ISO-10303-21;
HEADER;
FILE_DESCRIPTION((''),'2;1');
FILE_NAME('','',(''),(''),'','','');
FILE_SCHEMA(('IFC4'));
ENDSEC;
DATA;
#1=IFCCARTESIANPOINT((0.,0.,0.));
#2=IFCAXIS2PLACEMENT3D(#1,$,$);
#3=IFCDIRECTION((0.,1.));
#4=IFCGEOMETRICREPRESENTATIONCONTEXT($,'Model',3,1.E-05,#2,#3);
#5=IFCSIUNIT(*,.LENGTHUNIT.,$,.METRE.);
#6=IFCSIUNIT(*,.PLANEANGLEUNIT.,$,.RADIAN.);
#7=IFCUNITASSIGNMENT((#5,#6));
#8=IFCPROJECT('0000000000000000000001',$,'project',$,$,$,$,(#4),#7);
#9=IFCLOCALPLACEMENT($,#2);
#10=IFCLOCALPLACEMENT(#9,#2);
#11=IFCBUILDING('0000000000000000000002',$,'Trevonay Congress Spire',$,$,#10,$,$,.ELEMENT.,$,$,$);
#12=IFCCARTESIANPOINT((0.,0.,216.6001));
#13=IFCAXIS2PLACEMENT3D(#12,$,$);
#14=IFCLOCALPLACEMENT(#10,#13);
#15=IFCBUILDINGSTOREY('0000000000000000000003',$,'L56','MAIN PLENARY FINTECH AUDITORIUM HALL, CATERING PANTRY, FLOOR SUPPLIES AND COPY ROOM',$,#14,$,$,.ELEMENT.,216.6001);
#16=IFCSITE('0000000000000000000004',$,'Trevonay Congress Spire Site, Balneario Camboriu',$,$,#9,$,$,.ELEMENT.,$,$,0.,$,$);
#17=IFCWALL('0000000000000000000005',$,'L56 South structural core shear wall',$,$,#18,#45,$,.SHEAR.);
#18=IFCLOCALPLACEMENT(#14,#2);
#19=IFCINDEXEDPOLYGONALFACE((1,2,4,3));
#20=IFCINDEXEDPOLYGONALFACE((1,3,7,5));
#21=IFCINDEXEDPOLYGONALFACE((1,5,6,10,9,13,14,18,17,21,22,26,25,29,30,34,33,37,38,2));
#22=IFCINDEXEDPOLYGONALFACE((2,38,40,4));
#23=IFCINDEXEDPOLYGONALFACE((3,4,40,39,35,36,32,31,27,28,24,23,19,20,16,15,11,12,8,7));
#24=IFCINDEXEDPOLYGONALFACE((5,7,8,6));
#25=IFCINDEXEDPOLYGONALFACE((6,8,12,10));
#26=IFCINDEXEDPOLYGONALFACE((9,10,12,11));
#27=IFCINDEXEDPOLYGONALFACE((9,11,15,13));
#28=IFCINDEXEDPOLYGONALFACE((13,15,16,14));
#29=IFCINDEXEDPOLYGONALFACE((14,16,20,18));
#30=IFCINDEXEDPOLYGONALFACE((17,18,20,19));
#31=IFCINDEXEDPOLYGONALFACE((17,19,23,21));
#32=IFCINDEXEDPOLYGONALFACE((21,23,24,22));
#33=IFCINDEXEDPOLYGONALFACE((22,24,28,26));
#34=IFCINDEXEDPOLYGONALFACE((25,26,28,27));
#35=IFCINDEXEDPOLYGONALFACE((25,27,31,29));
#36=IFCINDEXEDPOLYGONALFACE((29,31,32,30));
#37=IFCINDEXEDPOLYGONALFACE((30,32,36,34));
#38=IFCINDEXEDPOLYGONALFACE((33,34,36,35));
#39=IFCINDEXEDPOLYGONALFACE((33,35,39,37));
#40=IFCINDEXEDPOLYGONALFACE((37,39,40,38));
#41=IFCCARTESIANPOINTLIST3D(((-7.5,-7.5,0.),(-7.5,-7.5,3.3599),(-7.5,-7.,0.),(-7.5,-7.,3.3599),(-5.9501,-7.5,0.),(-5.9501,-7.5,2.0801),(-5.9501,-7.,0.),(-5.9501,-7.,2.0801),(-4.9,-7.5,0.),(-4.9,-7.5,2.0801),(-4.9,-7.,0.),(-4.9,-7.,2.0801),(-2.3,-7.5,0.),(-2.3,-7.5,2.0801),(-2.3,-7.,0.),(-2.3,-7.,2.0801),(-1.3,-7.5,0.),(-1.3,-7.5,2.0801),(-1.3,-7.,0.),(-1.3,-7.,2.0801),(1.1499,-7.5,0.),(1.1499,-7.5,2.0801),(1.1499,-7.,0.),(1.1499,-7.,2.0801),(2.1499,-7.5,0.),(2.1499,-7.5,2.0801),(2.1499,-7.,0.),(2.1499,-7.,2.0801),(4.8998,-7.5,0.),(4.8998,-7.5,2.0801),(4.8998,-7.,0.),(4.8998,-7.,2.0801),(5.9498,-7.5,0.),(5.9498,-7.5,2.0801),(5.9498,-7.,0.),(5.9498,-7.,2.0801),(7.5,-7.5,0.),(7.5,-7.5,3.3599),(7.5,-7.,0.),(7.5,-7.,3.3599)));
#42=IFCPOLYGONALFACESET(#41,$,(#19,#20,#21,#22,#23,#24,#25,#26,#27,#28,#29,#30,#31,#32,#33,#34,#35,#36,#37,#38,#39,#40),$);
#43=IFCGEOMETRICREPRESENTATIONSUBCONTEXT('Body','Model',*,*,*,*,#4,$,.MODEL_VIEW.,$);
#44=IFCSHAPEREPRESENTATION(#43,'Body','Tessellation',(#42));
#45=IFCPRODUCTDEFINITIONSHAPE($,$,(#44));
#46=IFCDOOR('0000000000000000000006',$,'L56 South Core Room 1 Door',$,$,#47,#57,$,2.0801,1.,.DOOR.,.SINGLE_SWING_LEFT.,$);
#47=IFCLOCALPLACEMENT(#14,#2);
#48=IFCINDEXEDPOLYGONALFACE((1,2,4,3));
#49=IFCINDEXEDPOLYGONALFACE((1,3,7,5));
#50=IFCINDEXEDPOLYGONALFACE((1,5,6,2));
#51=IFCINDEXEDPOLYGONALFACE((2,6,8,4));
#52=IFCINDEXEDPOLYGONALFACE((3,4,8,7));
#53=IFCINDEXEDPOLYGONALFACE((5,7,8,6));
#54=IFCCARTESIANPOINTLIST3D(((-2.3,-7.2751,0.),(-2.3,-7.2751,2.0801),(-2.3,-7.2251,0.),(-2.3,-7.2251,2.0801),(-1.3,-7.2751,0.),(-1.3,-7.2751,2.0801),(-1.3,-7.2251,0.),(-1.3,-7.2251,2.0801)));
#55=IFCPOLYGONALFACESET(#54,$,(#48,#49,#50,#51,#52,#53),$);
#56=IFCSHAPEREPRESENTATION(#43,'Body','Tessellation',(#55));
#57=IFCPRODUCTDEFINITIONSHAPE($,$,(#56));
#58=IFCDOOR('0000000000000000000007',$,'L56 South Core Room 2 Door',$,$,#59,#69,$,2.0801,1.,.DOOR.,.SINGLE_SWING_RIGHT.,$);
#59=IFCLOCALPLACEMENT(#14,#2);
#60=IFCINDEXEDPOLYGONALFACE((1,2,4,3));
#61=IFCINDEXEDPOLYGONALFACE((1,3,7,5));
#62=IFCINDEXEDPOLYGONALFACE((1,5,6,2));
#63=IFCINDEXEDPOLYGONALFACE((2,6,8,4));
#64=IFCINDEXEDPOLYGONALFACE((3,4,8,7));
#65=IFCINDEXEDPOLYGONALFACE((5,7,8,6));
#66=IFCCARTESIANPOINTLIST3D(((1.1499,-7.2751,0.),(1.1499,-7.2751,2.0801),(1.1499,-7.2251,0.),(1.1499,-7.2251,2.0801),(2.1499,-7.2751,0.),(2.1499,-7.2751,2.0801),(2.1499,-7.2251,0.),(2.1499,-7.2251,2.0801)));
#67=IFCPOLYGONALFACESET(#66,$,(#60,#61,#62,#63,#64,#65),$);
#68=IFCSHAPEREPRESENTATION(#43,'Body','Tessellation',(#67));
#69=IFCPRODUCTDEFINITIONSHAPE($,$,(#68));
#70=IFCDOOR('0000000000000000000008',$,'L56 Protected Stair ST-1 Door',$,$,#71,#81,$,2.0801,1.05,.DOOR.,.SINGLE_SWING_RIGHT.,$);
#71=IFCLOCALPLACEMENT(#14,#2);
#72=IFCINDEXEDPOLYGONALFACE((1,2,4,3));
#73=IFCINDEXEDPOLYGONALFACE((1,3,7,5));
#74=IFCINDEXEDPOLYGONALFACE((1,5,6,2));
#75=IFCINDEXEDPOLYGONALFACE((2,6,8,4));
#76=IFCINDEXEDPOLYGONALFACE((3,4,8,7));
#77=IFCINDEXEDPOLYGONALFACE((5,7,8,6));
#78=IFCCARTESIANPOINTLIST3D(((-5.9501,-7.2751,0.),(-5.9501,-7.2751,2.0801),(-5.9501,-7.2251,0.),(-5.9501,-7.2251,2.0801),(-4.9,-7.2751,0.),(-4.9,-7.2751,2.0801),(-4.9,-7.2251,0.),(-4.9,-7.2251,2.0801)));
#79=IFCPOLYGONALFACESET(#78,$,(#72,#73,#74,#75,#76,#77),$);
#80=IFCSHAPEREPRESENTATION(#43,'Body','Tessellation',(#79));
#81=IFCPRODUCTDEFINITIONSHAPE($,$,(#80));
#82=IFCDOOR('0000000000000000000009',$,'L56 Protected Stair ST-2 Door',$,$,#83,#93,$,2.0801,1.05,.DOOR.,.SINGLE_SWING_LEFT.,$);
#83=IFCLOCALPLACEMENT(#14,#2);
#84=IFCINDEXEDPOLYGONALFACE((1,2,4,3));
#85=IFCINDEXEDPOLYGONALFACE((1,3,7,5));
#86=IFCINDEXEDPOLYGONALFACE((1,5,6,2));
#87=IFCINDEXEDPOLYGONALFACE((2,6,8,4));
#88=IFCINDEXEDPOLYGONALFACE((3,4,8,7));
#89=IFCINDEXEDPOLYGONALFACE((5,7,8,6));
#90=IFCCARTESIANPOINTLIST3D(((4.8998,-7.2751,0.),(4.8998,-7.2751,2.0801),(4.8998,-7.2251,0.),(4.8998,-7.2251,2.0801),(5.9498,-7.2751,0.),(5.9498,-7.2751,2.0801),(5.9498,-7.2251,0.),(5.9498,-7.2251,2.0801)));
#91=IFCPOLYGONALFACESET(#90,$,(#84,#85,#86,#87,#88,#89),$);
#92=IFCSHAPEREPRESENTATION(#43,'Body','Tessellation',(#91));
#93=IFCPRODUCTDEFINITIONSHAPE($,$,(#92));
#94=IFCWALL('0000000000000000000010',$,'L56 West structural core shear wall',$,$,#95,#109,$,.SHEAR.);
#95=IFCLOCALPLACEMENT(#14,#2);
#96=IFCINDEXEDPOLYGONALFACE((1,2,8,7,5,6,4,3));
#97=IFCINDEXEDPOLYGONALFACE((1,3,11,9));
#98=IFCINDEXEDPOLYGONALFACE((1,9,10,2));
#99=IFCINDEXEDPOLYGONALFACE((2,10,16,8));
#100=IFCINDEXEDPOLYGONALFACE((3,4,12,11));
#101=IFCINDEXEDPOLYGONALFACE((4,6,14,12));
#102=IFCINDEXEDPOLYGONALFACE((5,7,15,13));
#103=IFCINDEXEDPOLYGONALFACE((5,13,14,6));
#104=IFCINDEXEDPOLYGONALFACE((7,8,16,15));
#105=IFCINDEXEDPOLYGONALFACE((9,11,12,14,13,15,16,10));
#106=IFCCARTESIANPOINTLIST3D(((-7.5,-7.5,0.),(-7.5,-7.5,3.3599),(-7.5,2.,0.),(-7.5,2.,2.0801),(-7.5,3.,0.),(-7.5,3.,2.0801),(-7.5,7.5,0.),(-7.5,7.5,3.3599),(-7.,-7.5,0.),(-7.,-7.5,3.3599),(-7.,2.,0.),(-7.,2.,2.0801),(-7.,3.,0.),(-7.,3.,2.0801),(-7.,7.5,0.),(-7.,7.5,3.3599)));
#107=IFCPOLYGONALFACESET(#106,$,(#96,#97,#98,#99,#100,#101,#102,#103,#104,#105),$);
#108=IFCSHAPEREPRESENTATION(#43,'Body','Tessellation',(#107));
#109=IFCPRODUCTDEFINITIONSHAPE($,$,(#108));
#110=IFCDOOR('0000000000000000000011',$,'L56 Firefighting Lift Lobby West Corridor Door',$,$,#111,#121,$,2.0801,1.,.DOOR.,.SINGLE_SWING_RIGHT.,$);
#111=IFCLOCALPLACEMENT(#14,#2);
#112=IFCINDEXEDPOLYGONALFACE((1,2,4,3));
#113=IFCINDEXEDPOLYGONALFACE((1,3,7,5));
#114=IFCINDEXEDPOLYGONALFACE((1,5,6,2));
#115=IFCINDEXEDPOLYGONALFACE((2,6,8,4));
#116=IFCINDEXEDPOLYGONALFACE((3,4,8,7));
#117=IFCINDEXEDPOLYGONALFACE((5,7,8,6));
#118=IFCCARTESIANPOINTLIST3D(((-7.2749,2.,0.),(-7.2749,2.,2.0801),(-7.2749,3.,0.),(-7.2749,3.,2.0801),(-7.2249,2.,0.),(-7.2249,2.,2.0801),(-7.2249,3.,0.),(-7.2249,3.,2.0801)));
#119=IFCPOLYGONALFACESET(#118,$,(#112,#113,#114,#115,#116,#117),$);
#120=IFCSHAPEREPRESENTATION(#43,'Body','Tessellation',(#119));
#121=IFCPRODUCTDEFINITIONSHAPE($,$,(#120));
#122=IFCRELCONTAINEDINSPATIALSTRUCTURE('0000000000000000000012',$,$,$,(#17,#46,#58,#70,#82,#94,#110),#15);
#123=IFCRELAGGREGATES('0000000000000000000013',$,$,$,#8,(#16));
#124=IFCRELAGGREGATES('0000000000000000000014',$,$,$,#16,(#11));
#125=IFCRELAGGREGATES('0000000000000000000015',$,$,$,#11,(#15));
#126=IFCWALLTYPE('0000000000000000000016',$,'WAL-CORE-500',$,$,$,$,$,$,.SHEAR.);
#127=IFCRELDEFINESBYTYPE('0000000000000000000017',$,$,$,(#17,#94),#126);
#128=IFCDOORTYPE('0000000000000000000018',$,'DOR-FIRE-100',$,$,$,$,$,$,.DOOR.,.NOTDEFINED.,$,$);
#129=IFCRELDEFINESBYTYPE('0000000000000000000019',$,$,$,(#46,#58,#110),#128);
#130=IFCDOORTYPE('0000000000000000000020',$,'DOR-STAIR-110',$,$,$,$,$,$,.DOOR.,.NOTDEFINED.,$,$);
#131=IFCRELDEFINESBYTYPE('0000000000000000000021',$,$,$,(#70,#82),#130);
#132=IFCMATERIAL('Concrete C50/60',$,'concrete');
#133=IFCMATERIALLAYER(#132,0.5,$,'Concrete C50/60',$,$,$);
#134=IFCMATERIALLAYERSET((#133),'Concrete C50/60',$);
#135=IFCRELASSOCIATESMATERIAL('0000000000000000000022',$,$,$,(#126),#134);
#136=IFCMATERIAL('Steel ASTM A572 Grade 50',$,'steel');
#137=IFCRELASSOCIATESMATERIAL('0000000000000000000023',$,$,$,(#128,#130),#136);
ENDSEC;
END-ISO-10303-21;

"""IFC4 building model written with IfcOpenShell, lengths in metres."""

from ifc_helpers import new_model, si_unit, direction, frame, frame_2d, origin, place, context, subcontext, project, spatial, rectangle, extrude, material, layer, layer_set, type_object, element, fill, save


model = new_model("IFC4")

# Units and contexts
model_context = context("Model", 3, precision=1e-05, world=origin(), true_north=direction((0.0, 1.0)))
body_context = subcontext(model_context, "Body", "Model", "MODEL_VIEW")
ifc_project = project(units=[si_unit("LENGTHUNIT", "METRE"), si_unit("PLANEANGLEUNIT", "RADIAN")], contexts=[model_context])

# Site, building, storey
site_placement = place(None, origin())
site = spatial("IfcSite", under=ifc_project, at=site_placement, Name="Trevonay Congress Spire Site, Balneario Camboriu", CompositionType="ELEMENT", RefElevation=0.0)
building_placement = place(site_placement, origin())
building = spatial("IfcBuilding", under=site, at=building_placement, Name="Trevonay Congress Spire", CompositionType="ELEMENT")
storey_placement = place(building_placement, frame((0.0, 0.0, 216.6001)))
storey = spatial("IfcBuildingStorey", under=building, at=storey_placement, Name="L56", Description="MAIN PLENARY FINTECH AUDITORIUM HALL, CATERING PANTRY, FLOOR SUPPLIES AND COPY ROOM", CompositionType="ELEMENT", Elevation=216.6001)

# Shared definitions
ifc_material_1 = material(Name="Steel ASTM A572 Grade 50", Category="steel")

# Wall, openings, doors
ifc_material_2 = material(Name="Concrete C50/60", Category="concrete")
ifc_layer_1 = layer(ifc_material_2, 0.5, Name="Concrete C50/60")
ifc_layer_set_1 = layer_set([ifc_layer_1], Name="Concrete C50/60")
wall_type_1 = type_object("IfcWallType", Name="WAL-CORE-500", PredefinedType="SHEAR", material=ifc_layer_set_1)
wall_1_placement = place(storey_placement, frame((-7.5, -7.25, 0.0), z_axis=(0.0, 0.0, 1.0), x_axis=(1.0, 0.0, 0.0)))
wall_1 = element("IfcWall", 1, at=wall_1_placement, inside=storey, type_object=wall_type_1, Name="L56 South structural core shear wall", PredefinedType="SHEAR", context=body_context, shape_type="SweptSolid", body=[
    extrude(rectangle(XDim=15.0, YDim=0.5, at=frame_2d((7.5, 0.0))), origin(), (0.0, 0.0, 1.0), 3.3599),
])
opening_1_placement = place(wall_1_placement, frame((1.55, 0.0, 0.0)))
opening_1 = element("IfcOpeningElement", 2, at=opening_1_placement, cuts=wall_1, PredefinedType="OPENING", context=body_context, shape_type="SweptSolid", body=[
    extrude(rectangle(XDim=1.05, YDim=2.0801, at=frame_2d((0.5249, 1.04))), frame((0.0, 0.26, 0.0), z_axis=(0.0, -1.0, 0.0), x_axis=(1.0, 0.0, 0.0)), (0.0, 0.0, 1.0), 0.52),
])
opening_2_placement = place(wall_1_placement, frame((12.3999, 0.0, 0.0)))
opening_2 = element("IfcOpeningElement", 3, at=opening_2_placement, cuts=wall_1, PredefinedType="OPENING", context=body_context, shape_type="SweptSolid", body=[
    extrude(rectangle(XDim=1.05, YDim=2.0801, at=frame_2d((0.5249, 1.04))), frame((0.0, 0.26, 0.0), z_axis=(0.0, -1.0, 0.0), x_axis=(1.0, 0.0, 0.0)), (0.0, 0.0, 1.0), 0.52),
])
opening_3_placement = place(wall_1_placement, frame((5.2, 0.0, 0.0)))
opening_3 = element("IfcOpeningElement", 4, at=opening_3_placement, cuts=wall_1, PredefinedType="OPENING", context=body_context, shape_type="SweptSolid", body=[
    extrude(rectangle(XDim=1.0, YDim=2.0801, at=frame_2d((0.5, 1.04))), frame((0.0, 0.26, 0.0), z_axis=(0.0, -1.0, 0.0), x_axis=(1.0, 0.0, 0.0)), (0.0, 0.0, 1.0), 0.52),
])
opening_4_placement = place(wall_1_placement, frame((8.6499, 0.0, 0.0)))
opening_4 = element("IfcOpeningElement", 5, at=opening_4_placement, cuts=wall_1, PredefinedType="OPENING", context=body_context, shape_type="SweptSolid", body=[
    extrude(rectangle(XDim=1.0, YDim=2.0801, at=frame_2d((0.5, 1.04))), frame((0.0, 0.26, 0.0), z_axis=(0.0, -1.0, 0.0), x_axis=(1.0, 0.0, 0.0)), (0.0, 0.0, 1.0), 0.52),
])
door_type_1 = type_object("IfcDoorType", Name="DOR-FIRE-100", OperationType="NOTDEFINED", PredefinedType="DOOR", material=ifc_material_1)
door_1_placement = place(opening_3_placement, origin())
door_1 = element("IfcDoor", 6, at=door_1_placement, inside=storey, type_object=door_type_1, Name="L56 South Core Room 1 Door", OperationType="SINGLE_SWING_LEFT", OverallHeight=2.0801, OverallWidth=1.0, PredefinedType="DOOR", context=body_context, shape_type="SweptSolid", body=[
    extrude(rectangle(XDim=1.0, YDim=2.0801, at=frame_2d((0.5, 1.04))), frame((0.0, 0.0249, 0.0), z_axis=(0.0, -1.0, 0.0), x_axis=(1.0, 0.0, 0.0)), (0.0, 0.0, 1.0), 0.05),
])
fill(opening_3, door_1)
door_2_placement = place(opening_4_placement, origin())
door_2 = element("IfcDoor", 7, at=door_2_placement, inside=storey, type_object=door_type_1, Name="L56 South Core Room 2 Door", OperationType="SINGLE_SWING_RIGHT", OverallHeight=2.0801, OverallWidth=1.0, PredefinedType="DOOR", context=body_context, shape_type="SweptSolid", body=[
    extrude(rectangle(XDim=1.0, YDim=2.0801, at=frame_2d((0.5, 1.04))), frame((0.0, 0.0249, 0.0), z_axis=(0.0, -1.0, 0.0), x_axis=(1.0, 0.0, 0.0)), (0.0, 0.0, 1.0), 0.05),
])
fill(opening_4, door_2)
door_type_2 = type_object("IfcDoorType", Name="DOR-STAIR-110", OperationType="NOTDEFINED", PredefinedType="DOOR", material=ifc_material_1)
door_3_placement = place(opening_1_placement, origin())
door_3 = element("IfcDoor", 8, at=door_3_placement, inside=storey, type_object=door_type_2, Name="L56 Protected Stair ST-1 Door", OperationType="SINGLE_SWING_RIGHT", OverallHeight=2.0801, OverallWidth=1.05, PredefinedType="DOOR", context=body_context, shape_type="SweptSolid", body=[
    extrude(rectangle(XDim=1.05, YDim=2.0801, at=frame_2d((0.5249, 1.04))), frame((0.0, 0.0249, 0.0), z_axis=(0.0, -1.0, 0.0), x_axis=(1.0, 0.0, 0.0)), (0.0, 0.0, 1.0), 0.05),
])
fill(opening_1, door_3)
door_4_placement = place(opening_2_placement, origin())
door_4 = element("IfcDoor", 9, at=door_4_placement, inside=storey, type_object=door_type_2, Name="L56 Protected Stair ST-2 Door", OperationType="SINGLE_SWING_LEFT", OverallHeight=2.0801, OverallWidth=1.05, PredefinedType="DOOR", context=body_context, shape_type="SweptSolid", body=[
    extrude(rectangle(XDim=1.05, YDim=2.0801, at=frame_2d((0.5249, 1.04))), frame((0.0, 0.0249, 0.0), z_axis=(0.0, -1.0, 0.0), x_axis=(1.0, 0.0, 0.0)), (0.0, 0.0, 1.0), 0.05),
])
fill(opening_2, door_4)

# Wall, opening, door
wall_2_placement = place(storey_placement, frame((-7.25, -7.5, 0.0), z_axis=(0.0, 0.0, 1.0), x_axis=(0.0, 1.0, 0.0)))
wall_2 = element("IfcWall", 10, at=wall_2_placement, inside=storey, type_object=wall_type_1, Name="L56 West structural core shear wall", PredefinedType="SHEAR", context=body_context, shape_type="SweptSolid", body=[
    extrude(rectangle(XDim=15.0, YDim=0.5, at=frame_2d((7.5, 0.0))), origin(), (0.0, 0.0, 1.0), 3.3599),
])
opening_5_placement = place(wall_2_placement, frame((9.5, 0.0, 0.0)))
opening_5 = element("IfcOpeningElement", 11, at=opening_5_placement, cuts=wall_2, PredefinedType="OPENING", context=body_context, shape_type="SweptSolid", body=[
    extrude(rectangle(XDim=1.0, YDim=2.0801, at=frame_2d((0.5, 1.04))), frame((0.0, 0.26, 0.0), z_axis=(0.0, -1.0, 0.0), x_axis=(1.0, 0.0, 0.0)), (0.0, 0.0, 1.0), 0.52),
])
door_5_placement = place(opening_5_placement, origin())
door_5 = element("IfcDoor", 12, at=door_5_placement, inside=storey, type_object=door_type_1, Name="L56 Firefighting Lift Lobby West Corridor Door", OperationType="SINGLE_SWING_RIGHT", OverallHeight=2.0801, OverallWidth=1.0, PredefinedType="DOOR", context=body_context, shape_type="SweptSolid", body=[
    extrude(rectangle(XDim=1.0, YDim=2.0801, at=frame_2d((0.5, 1.04))), frame((0.0, 0.0249, 0.0), z_axis=(0.0, -1.0, 0.0), x_axis=(1.0, 0.0, 0.0)), (0.0, 0.0, 1.0), 0.05),
])
fill(opening_5, door_5)

save(model, "model.ifc")
